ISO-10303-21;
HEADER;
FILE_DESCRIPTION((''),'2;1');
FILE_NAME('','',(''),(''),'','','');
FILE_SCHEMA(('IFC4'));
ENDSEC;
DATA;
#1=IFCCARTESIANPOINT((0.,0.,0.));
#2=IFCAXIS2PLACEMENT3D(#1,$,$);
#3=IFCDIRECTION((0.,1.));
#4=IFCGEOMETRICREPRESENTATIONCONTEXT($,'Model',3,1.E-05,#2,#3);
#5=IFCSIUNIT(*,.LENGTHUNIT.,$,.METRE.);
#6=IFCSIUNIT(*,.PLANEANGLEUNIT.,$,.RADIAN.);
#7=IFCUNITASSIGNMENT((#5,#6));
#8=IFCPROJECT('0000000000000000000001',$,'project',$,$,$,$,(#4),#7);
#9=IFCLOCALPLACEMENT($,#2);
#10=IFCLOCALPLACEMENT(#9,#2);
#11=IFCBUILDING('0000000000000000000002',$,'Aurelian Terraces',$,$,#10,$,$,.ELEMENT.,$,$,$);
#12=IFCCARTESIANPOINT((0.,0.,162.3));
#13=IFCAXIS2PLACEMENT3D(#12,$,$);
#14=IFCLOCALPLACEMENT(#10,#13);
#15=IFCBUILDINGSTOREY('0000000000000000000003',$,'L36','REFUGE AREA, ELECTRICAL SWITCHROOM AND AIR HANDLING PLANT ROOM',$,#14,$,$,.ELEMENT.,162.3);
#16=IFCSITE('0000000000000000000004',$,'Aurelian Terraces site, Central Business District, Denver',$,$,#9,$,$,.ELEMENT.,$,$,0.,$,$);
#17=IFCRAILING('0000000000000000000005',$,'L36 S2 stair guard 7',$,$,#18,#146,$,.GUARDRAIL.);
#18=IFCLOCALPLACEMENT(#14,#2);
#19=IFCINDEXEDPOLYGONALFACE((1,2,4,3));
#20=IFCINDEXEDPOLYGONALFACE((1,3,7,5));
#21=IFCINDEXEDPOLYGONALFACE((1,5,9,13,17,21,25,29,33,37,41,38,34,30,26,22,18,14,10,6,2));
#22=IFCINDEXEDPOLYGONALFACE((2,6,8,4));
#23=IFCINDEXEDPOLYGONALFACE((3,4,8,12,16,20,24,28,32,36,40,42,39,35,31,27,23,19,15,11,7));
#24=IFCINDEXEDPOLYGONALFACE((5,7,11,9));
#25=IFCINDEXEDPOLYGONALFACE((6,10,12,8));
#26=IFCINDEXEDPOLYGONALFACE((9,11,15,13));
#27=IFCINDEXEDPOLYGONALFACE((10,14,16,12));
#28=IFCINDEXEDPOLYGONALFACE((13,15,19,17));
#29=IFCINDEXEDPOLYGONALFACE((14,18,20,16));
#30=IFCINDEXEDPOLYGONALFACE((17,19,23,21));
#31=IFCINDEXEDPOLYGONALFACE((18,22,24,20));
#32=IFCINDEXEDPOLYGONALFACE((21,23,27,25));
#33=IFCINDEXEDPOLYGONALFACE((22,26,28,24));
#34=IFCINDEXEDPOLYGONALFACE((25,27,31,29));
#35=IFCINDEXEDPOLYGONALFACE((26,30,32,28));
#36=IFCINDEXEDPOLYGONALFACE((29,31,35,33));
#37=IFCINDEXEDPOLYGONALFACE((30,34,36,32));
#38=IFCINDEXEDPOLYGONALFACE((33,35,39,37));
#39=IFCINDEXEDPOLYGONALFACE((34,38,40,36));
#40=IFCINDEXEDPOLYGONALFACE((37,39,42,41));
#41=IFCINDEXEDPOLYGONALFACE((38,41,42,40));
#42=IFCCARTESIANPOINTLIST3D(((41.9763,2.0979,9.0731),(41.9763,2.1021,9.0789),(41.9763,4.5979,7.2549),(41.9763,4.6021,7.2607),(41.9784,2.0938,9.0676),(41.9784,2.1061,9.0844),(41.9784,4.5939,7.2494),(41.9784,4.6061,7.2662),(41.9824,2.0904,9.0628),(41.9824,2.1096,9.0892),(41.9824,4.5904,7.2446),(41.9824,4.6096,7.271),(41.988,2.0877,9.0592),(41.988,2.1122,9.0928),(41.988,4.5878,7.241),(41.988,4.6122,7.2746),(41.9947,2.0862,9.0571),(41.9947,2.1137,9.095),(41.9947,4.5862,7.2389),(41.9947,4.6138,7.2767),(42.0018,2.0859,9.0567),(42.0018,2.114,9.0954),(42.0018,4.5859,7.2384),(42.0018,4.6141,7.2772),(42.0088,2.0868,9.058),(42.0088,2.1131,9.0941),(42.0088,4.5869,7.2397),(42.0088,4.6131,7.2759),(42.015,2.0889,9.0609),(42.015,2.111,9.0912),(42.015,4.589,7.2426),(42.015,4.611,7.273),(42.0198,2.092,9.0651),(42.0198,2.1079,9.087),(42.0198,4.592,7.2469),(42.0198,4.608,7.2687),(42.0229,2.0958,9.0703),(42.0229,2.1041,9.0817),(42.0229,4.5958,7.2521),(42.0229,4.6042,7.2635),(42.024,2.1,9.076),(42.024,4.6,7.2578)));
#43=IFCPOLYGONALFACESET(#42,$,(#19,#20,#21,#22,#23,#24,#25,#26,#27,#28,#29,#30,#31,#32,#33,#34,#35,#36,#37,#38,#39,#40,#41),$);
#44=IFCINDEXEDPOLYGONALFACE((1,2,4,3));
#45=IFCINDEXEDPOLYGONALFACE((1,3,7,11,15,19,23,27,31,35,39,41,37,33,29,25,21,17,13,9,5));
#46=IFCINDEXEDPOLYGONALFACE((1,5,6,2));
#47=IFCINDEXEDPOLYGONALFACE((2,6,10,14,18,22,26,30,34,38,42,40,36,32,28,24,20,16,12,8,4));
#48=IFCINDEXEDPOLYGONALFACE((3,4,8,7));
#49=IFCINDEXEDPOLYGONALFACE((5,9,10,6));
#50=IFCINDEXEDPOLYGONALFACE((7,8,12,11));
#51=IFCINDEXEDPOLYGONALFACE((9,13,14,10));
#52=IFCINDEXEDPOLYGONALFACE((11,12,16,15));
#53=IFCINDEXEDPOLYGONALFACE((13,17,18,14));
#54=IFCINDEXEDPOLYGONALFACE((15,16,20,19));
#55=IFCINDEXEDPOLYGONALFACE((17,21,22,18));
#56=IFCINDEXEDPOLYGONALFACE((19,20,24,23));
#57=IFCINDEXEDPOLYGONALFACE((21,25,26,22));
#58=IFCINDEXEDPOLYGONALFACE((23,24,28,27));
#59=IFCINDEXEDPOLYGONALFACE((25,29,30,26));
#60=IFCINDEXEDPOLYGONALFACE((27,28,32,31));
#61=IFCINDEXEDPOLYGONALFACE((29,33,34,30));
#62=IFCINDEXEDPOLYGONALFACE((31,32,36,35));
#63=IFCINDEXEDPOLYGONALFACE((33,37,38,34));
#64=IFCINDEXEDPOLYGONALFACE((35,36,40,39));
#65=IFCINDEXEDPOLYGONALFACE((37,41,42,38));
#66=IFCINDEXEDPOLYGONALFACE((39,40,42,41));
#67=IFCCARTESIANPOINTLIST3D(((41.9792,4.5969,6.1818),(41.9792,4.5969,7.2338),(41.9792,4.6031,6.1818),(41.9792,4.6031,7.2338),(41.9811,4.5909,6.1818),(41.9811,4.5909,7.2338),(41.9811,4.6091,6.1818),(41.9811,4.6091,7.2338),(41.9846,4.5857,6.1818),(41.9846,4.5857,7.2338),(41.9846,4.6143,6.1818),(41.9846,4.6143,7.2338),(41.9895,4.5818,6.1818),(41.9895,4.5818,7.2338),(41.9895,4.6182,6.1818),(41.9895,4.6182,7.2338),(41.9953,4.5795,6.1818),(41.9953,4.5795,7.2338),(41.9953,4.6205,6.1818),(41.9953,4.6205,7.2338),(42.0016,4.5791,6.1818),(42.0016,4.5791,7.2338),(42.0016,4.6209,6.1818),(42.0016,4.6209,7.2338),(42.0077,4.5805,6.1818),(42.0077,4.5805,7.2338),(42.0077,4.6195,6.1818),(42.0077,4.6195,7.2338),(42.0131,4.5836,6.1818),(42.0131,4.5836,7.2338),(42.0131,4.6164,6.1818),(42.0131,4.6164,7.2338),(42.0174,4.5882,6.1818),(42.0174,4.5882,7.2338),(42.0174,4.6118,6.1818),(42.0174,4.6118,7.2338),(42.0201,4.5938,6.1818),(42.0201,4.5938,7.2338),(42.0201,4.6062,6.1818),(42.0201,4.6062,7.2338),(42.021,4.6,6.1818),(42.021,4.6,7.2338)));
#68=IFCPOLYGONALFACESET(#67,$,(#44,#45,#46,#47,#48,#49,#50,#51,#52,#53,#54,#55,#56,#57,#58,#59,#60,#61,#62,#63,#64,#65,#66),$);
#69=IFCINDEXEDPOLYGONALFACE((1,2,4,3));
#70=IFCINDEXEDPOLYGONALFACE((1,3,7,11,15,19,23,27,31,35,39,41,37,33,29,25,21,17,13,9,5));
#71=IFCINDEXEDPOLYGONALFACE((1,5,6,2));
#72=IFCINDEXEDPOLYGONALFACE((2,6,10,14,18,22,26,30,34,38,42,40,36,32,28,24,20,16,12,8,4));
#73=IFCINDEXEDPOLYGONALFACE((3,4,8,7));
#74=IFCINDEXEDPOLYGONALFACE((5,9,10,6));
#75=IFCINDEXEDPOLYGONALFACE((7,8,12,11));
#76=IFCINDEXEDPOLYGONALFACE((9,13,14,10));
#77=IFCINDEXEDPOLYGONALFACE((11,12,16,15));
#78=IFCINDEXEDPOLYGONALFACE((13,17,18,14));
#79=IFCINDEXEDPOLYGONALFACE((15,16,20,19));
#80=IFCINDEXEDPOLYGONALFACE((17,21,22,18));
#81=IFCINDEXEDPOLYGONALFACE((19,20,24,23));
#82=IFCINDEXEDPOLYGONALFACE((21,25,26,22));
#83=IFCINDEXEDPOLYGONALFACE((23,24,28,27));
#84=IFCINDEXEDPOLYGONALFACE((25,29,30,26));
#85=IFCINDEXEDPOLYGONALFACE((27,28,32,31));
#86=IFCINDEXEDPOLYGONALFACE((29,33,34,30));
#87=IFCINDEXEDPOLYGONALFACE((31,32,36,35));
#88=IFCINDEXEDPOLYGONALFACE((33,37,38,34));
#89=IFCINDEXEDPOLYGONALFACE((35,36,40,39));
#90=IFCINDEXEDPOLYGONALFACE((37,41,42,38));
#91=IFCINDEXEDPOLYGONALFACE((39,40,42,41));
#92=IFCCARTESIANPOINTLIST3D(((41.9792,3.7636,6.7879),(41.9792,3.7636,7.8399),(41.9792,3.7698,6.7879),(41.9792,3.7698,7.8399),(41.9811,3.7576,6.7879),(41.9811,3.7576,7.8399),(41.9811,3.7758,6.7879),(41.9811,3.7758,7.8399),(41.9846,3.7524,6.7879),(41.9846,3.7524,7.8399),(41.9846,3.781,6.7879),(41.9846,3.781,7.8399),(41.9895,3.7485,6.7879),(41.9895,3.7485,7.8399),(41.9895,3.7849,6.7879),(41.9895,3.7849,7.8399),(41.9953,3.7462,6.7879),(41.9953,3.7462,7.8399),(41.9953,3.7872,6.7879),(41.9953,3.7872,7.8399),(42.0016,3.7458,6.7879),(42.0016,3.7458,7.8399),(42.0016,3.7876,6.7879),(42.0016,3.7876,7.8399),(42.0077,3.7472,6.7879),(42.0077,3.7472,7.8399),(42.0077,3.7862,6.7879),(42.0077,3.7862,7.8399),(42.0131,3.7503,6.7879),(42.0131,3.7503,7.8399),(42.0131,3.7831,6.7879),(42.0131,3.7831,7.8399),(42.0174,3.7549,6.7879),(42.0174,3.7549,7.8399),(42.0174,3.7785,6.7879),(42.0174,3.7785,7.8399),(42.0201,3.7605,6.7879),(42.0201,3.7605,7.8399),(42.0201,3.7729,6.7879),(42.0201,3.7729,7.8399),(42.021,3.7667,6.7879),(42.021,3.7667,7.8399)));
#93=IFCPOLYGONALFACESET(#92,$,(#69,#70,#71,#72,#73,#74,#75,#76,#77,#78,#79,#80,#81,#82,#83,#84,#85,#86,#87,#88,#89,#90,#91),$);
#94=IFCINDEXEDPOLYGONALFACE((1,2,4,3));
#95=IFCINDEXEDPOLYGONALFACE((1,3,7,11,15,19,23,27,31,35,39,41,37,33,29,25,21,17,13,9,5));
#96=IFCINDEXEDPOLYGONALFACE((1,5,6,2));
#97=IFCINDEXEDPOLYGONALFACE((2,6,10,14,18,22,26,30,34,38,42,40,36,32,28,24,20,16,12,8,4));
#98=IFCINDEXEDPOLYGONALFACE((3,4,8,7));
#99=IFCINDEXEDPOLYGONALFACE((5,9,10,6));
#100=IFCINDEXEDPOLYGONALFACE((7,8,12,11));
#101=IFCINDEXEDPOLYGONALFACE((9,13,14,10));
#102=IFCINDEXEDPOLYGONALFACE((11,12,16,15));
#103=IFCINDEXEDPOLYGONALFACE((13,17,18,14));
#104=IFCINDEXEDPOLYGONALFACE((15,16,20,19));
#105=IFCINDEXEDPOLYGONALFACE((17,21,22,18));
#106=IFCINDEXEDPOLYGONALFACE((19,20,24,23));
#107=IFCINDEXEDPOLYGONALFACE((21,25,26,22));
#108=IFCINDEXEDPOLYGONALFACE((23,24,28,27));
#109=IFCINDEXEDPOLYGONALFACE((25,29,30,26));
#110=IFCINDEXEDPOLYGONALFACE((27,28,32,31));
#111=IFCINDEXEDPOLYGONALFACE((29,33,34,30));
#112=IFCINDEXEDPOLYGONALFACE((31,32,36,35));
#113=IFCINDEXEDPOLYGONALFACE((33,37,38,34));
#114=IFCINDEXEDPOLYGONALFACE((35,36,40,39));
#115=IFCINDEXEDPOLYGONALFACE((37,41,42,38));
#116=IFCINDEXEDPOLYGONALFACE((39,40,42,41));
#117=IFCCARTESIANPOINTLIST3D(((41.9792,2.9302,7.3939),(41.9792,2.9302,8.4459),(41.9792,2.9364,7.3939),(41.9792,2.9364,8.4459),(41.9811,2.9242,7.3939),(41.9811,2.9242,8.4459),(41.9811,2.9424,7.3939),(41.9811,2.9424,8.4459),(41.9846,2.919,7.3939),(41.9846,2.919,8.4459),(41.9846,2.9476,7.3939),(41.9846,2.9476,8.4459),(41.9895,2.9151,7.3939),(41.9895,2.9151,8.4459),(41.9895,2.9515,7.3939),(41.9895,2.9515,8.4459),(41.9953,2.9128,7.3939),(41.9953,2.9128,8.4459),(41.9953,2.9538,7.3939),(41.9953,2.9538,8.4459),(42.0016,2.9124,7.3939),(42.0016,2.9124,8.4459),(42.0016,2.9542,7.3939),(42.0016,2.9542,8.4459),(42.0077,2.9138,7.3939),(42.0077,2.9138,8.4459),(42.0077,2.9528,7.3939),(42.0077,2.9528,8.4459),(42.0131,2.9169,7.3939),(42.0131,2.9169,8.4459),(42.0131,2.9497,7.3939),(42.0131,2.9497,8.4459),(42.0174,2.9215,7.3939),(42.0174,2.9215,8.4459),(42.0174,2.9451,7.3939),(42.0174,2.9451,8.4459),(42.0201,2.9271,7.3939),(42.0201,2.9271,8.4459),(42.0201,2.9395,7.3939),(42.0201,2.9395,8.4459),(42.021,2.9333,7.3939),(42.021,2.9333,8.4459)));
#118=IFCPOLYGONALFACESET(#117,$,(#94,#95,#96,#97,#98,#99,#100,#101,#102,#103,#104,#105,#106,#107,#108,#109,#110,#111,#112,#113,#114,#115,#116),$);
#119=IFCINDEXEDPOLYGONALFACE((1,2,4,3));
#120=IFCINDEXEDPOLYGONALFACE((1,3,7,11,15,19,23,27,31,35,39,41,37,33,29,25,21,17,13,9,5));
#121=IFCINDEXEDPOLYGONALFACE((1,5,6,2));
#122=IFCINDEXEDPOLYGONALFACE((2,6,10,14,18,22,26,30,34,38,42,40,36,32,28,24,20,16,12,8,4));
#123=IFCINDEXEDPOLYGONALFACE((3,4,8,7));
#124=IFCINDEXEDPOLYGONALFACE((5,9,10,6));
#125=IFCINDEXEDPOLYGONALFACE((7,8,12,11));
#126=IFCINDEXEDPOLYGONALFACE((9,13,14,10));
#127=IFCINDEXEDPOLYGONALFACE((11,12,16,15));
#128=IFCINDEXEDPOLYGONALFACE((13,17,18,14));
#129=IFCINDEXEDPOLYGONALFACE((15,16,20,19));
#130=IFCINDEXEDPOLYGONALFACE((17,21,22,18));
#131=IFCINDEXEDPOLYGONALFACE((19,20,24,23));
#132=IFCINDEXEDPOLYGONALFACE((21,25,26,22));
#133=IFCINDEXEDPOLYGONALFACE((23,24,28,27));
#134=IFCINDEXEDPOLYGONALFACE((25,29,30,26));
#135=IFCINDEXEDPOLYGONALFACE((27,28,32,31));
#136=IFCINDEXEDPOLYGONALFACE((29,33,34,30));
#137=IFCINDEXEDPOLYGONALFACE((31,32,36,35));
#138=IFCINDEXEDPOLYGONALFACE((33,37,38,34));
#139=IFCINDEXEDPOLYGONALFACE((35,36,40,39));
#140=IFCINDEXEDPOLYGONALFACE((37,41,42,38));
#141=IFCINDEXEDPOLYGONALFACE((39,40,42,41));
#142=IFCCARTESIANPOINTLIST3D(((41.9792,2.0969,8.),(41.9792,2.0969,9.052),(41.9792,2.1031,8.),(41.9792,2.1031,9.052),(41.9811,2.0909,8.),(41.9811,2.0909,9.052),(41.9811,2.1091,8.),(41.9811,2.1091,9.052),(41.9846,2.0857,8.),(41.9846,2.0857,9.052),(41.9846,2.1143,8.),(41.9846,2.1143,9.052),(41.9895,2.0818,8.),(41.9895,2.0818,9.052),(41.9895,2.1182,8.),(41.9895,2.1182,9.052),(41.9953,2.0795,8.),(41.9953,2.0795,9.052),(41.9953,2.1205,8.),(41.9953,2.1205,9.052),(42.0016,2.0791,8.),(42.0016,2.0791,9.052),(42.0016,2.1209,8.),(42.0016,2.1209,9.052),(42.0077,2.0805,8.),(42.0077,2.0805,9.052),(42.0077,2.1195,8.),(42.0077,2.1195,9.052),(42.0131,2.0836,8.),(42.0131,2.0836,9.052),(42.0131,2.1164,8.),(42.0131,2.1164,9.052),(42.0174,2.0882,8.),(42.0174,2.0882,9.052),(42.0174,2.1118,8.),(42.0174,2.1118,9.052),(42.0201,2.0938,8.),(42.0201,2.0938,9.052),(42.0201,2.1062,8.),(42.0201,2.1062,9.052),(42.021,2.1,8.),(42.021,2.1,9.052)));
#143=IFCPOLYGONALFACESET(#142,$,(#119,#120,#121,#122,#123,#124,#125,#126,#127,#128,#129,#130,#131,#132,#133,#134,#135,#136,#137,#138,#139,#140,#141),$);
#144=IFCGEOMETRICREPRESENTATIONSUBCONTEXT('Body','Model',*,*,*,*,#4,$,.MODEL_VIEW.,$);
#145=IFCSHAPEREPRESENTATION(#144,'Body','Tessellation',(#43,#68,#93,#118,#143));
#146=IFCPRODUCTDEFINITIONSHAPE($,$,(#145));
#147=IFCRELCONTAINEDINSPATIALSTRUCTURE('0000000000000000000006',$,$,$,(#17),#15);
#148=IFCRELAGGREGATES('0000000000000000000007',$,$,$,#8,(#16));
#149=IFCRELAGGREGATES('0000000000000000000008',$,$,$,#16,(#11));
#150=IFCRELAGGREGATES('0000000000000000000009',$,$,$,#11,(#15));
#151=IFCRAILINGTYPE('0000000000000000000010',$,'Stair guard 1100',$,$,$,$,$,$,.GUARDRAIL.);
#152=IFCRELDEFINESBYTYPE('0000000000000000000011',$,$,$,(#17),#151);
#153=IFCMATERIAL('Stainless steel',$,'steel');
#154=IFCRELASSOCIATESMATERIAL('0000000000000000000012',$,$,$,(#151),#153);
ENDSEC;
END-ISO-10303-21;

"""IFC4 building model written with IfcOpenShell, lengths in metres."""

from ifc_helpers import new_model, si_unit, direction, frame, origin, origin_2d, place, context, subcontext, project, spatial, circle, extrude, source, transform, mapped, material, type_object, element, save


model = new_model("IFC4")

# Units and contexts
model_context = context("Model", 3, precision=1e-05, world=origin(), true_north=direction((0.0, 1.0)))
body_context = subcontext(model_context, "Body", "Model", "MODEL_VIEW")
ifc_project = project(units=[si_unit("LENGTHUNIT", "METRE"), si_unit("PLANEANGLEUNIT", "RADIAN")], contexts=[model_context])

# Site, building, storey
site_placement = place(None, origin())
site = spatial("IfcSite", under=ifc_project, at=site_placement, Name="Aurelian Terraces site, Central Business District, Denver", CompositionType="ELEMENT", RefElevation=0.0)
building_placement = place(site_placement, origin())
building = spatial("IfcBuilding", under=site, at=building_placement, Name="Aurelian Terraces", CompositionType="ELEMENT")
storey_placement = place(building_placement, frame((0.0, 0.0, 162.3)))
storey = spatial("IfcBuildingStorey", under=building, at=storey_placement, Name="L36", Description="REFUGE AREA, ELECTRICAL SWITCHROOM AND AIR HANDLING PLANT ROOM", CompositionType="ELEMENT", Elevation=162.3)

# Railing
ifc_material_1 = material(Name="Stainless steel", Category="steel")
railing_type_1 = type_object("IfcRailingType", Name="Stair guard 1100", PredefinedType="GUARDRAIL", material=ifc_material_1)
shared_shape_1 = source(origin(), body_context, "Body", "SweptSolid", [
    extrude(circle(Radius=0.024, at=origin_2d()), frame((0.0, 0.0, 1.076), z_axis=(0.0, -0.808733, 0.588176), x_axis=(1.0, 0.0, 0.0)), (0.0, 0.0, 1.0), 3.0913),
    extrude(circle(Radius=0.021, at=origin_2d()), origin(), (0.0, 0.0, 1.0), 1.052),
    extrude(circle(Radius=0.021, at=origin_2d()), frame((0.0, -0.8333, 0.6061)), (0.0, 0.0, 1.0), 1.052),
    extrude(circle(Radius=0.021, at=origin_2d()), frame((0.0, -1.6667, 1.2121)), (0.0, 0.0, 1.0), 1.052),
    extrude(circle(Radius=0.021, at=origin_2d()), frame((0.0, -2.5, 1.8182)), (0.0, 0.0, 1.0), 1.052),
])
for number, where, name in (
    (1, (42.0, 4.6, 6.1818), "L36 S2 stair guard 7"),
):
    element("IfcRailing", number, at=place(storey_placement, frame(where)), inside=storey, type_object=railing_type_1, Name=name, PredefinedType="GUARDRAIL", context=body_context, shape_type="MappedRepresentation", body=[
        mapped(shared_shape_1, transform((0.0, 0.0, 0.0), scale=1.0)),
    ])

save(model, "model.ifc")
